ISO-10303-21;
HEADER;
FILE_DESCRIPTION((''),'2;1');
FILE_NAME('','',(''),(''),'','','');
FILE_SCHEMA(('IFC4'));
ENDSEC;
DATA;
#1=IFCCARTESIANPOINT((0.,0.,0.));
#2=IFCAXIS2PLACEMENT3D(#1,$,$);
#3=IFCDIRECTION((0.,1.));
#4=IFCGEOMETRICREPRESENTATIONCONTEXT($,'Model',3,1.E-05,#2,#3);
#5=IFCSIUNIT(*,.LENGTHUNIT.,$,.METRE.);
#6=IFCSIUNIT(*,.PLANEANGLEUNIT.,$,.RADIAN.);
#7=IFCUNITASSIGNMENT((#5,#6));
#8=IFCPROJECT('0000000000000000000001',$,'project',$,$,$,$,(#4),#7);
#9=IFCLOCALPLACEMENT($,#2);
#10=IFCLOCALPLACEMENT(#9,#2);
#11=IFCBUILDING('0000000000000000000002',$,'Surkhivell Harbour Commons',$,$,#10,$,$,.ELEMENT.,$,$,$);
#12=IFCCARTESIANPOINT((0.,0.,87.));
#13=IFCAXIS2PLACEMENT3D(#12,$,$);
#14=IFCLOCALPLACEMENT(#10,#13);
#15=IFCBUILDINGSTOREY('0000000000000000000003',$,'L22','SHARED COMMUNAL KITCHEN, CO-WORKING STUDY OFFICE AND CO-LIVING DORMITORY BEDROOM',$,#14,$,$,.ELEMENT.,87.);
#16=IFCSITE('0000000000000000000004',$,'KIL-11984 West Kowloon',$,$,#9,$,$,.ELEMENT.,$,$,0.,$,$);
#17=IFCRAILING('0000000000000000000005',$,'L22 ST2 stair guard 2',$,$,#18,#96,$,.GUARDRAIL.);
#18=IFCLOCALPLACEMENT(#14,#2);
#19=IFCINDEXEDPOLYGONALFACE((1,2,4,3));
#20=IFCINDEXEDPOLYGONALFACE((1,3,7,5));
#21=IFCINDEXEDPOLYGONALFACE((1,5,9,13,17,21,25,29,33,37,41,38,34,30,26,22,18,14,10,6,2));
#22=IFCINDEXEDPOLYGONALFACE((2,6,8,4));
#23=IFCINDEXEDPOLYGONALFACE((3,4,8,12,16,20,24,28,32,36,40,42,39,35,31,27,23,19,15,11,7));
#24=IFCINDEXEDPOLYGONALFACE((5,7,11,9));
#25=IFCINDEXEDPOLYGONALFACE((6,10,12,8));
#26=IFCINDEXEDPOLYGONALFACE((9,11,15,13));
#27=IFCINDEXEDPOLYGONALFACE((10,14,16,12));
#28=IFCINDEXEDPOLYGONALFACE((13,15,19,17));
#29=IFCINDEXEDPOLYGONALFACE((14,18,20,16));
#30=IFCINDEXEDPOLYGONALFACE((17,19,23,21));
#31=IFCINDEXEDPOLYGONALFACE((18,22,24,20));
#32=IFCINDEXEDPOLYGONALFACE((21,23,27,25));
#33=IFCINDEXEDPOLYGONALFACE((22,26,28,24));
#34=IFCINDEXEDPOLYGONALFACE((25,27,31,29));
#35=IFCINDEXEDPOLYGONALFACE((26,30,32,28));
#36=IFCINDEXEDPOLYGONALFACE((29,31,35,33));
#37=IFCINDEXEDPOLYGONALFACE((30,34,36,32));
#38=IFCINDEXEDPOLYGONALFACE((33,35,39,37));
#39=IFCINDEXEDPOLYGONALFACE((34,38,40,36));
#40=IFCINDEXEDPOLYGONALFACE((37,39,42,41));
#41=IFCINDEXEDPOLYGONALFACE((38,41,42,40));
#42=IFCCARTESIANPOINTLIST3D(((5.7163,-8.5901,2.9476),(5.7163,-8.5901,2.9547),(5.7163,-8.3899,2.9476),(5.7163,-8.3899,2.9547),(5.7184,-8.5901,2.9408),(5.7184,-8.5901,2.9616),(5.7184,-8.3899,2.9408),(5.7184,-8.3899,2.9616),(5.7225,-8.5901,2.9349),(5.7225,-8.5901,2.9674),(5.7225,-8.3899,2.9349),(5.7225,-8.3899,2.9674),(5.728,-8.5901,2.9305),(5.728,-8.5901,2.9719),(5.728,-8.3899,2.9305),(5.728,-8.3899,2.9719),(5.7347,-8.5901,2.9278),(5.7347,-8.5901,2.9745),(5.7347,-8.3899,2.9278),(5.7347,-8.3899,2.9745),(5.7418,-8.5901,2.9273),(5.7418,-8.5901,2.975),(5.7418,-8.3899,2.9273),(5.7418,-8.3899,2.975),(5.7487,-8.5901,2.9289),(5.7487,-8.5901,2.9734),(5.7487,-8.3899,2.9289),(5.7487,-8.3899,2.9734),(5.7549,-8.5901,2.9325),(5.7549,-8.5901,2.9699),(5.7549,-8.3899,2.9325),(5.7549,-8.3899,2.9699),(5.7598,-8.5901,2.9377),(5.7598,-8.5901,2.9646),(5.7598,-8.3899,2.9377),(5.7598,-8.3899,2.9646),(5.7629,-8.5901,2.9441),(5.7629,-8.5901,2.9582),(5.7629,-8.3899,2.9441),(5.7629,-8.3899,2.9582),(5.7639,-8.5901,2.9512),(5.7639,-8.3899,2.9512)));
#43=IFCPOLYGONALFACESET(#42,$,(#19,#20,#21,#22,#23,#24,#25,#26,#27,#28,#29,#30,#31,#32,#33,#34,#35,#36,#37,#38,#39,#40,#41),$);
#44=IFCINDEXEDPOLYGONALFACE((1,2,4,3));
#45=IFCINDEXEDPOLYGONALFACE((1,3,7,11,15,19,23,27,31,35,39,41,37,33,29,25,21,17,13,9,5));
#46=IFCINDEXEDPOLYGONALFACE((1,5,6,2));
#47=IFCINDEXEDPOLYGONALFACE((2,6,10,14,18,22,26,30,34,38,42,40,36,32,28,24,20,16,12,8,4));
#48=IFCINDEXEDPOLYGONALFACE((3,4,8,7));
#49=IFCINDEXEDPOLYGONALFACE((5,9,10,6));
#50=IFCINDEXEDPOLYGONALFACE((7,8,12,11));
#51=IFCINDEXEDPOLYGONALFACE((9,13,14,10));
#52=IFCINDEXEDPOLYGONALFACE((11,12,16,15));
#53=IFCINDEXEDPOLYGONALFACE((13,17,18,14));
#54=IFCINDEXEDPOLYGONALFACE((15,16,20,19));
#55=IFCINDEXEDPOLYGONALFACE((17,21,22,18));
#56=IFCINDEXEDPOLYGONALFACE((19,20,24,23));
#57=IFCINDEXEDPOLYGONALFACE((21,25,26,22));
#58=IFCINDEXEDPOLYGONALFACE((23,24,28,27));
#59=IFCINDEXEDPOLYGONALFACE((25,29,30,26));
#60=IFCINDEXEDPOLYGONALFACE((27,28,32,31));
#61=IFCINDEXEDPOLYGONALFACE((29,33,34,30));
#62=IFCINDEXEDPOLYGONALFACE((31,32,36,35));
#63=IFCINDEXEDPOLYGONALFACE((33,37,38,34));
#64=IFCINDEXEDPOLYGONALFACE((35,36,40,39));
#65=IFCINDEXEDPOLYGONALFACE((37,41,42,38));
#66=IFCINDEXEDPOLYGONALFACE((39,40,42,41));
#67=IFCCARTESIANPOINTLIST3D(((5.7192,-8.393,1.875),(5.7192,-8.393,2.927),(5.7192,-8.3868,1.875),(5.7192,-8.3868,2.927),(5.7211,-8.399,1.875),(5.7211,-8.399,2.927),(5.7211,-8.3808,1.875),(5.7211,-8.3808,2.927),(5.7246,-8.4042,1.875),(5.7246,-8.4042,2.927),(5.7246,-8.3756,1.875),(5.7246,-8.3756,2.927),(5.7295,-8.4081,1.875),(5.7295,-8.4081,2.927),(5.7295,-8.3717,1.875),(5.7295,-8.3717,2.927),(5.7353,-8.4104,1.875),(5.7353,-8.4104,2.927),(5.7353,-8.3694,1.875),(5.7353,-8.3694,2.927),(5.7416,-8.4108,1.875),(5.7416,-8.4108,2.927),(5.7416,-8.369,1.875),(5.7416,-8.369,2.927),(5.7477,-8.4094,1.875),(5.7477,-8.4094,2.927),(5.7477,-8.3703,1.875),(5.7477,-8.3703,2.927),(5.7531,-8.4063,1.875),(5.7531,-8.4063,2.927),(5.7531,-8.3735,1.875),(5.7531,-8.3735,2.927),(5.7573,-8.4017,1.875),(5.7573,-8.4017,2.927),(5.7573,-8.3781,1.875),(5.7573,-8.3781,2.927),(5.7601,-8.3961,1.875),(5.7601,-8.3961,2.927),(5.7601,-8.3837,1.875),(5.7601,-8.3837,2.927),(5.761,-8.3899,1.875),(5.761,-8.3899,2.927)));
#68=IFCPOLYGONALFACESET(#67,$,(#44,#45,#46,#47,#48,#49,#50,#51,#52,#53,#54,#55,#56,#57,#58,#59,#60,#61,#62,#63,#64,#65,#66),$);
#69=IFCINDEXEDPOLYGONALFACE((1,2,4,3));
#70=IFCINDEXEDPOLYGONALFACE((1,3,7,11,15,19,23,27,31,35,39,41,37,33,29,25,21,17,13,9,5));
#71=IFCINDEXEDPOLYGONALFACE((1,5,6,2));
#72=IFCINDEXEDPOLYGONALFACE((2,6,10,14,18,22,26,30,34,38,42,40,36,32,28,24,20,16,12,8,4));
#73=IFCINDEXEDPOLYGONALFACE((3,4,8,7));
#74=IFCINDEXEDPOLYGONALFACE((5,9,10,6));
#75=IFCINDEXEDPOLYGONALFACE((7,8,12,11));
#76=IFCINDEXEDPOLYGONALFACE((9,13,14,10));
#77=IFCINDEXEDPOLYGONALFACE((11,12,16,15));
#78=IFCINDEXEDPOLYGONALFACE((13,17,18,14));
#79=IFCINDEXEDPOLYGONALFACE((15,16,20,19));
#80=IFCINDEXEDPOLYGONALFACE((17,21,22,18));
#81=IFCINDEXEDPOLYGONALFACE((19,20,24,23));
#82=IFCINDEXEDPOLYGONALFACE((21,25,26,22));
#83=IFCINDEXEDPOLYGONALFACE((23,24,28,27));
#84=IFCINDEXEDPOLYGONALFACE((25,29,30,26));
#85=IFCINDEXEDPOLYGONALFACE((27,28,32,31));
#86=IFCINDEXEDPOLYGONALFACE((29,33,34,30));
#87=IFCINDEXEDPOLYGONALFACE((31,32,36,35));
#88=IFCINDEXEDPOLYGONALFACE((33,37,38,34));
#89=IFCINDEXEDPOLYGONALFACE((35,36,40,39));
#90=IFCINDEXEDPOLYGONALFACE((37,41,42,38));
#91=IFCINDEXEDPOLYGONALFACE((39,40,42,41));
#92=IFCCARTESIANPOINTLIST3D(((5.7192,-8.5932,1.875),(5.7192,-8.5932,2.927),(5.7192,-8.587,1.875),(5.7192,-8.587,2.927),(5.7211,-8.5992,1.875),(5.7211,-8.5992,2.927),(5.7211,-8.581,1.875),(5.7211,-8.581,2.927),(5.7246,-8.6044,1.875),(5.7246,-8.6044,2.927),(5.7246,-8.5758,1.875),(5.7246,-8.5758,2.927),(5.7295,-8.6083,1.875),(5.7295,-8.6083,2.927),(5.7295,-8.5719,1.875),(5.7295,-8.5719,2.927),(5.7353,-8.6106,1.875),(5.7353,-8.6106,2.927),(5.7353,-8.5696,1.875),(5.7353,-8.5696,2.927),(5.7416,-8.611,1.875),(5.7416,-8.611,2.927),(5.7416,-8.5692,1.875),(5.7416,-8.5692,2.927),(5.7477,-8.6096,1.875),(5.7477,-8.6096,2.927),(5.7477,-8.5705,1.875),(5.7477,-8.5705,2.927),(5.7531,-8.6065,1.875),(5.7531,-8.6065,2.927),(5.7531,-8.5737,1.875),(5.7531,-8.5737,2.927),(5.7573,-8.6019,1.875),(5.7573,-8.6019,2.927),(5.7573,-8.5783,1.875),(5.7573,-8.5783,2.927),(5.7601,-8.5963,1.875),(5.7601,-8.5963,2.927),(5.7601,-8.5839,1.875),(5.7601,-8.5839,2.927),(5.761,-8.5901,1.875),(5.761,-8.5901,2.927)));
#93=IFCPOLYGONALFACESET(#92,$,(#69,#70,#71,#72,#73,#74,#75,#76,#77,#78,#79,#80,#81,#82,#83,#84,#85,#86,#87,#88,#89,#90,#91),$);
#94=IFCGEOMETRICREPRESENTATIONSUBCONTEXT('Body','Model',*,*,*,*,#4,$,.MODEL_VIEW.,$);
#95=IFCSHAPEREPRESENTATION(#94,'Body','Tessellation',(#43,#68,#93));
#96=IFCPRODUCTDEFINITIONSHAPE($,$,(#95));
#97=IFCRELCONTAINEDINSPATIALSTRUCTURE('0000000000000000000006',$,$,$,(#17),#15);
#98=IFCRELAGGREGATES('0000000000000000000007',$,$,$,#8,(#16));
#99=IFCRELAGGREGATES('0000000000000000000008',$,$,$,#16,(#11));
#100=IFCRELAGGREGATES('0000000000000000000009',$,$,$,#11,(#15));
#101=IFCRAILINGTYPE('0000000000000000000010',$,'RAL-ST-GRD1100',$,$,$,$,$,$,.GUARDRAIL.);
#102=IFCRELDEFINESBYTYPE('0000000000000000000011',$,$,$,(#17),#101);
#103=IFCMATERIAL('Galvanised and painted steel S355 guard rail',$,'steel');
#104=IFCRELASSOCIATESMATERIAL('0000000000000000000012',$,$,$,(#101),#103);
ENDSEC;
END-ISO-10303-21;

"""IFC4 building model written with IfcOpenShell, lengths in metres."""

from ifc_helpers import new_model, si_unit, direction, frame, origin, origin_2d, place, context, subcontext, project, spatial, circle, extrude, material, type_object, element, save


model = new_model("IFC4")

# Units and contexts
model_context = context("Model", 3, precision=1e-05, world=origin(), true_north=direction((0.0, 1.0)))
body_context = subcontext(model_context, "Body", "Model", "MODEL_VIEW")
ifc_project = project(units=[si_unit("LENGTHUNIT", "METRE"), si_unit("PLANEANGLEUNIT", "RADIAN")], contexts=[model_context])

# Site, building, storey
site_placement = place(None, origin())
site = spatial("IfcSite", under=ifc_project, at=site_placement, Name="KIL-11984 West Kowloon", CompositionType="ELEMENT", RefElevation=0.0)
building_placement = place(site_placement, origin())
building = spatial("IfcBuilding", under=site, at=building_placement, Name="Surkhivell Harbour Commons", CompositionType="ELEMENT")
storey_placement = place(building_placement, frame((0.0, 0.0, 87.0)))
storey = spatial("IfcBuildingStorey", under=building, at=storey_placement, Name="L22", Description="SHARED COMMUNAL KITCHEN, CO-WORKING STUDY OFFICE AND CO-LIVING DORMITORY BEDROOM", CompositionType="ELEMENT", Elevation=87.0)

# Railing
ifc_material_1 = material(Name="Galvanised and painted steel S355 guard rail", Category="steel")
railing_type_1 = type_object("IfcRailingType", Name="RAL-ST-GRD1100", PredefinedType="GUARDRAIL", material=ifc_material_1)
railing_1_placement = place(storey_placement, frame((5.74, -8.3899, 1.875)))
element("IfcRailing", 1, at=railing_1_placement, inside=storey, type_object=railing_type_1, Name="L22 ST2 stair guard 2", PredefinedType="GUARDRAIL", context=body_context, shape_type="SweptSolid", body=[
    extrude(circle(Radius=0.0239, at=origin_2d()), frame((0.0, 0.0, 1.0762), z_axis=(0.0, -1.0, 0.0), x_axis=(1.0, 0.0, 0.0)), (0.0, 0.0, 1.0), 0.2002),
    extrude(circle(Radius=0.021, at=origin_2d()), origin(), (0.0, 0.0, 1.0), 1.052),
    extrude(circle(Radius=0.021, at=origin_2d()), frame((0.0, -0.2002, 0.0)), (0.0, 0.0, 1.0), 1.052),
])

save(model, "model.ifc")
